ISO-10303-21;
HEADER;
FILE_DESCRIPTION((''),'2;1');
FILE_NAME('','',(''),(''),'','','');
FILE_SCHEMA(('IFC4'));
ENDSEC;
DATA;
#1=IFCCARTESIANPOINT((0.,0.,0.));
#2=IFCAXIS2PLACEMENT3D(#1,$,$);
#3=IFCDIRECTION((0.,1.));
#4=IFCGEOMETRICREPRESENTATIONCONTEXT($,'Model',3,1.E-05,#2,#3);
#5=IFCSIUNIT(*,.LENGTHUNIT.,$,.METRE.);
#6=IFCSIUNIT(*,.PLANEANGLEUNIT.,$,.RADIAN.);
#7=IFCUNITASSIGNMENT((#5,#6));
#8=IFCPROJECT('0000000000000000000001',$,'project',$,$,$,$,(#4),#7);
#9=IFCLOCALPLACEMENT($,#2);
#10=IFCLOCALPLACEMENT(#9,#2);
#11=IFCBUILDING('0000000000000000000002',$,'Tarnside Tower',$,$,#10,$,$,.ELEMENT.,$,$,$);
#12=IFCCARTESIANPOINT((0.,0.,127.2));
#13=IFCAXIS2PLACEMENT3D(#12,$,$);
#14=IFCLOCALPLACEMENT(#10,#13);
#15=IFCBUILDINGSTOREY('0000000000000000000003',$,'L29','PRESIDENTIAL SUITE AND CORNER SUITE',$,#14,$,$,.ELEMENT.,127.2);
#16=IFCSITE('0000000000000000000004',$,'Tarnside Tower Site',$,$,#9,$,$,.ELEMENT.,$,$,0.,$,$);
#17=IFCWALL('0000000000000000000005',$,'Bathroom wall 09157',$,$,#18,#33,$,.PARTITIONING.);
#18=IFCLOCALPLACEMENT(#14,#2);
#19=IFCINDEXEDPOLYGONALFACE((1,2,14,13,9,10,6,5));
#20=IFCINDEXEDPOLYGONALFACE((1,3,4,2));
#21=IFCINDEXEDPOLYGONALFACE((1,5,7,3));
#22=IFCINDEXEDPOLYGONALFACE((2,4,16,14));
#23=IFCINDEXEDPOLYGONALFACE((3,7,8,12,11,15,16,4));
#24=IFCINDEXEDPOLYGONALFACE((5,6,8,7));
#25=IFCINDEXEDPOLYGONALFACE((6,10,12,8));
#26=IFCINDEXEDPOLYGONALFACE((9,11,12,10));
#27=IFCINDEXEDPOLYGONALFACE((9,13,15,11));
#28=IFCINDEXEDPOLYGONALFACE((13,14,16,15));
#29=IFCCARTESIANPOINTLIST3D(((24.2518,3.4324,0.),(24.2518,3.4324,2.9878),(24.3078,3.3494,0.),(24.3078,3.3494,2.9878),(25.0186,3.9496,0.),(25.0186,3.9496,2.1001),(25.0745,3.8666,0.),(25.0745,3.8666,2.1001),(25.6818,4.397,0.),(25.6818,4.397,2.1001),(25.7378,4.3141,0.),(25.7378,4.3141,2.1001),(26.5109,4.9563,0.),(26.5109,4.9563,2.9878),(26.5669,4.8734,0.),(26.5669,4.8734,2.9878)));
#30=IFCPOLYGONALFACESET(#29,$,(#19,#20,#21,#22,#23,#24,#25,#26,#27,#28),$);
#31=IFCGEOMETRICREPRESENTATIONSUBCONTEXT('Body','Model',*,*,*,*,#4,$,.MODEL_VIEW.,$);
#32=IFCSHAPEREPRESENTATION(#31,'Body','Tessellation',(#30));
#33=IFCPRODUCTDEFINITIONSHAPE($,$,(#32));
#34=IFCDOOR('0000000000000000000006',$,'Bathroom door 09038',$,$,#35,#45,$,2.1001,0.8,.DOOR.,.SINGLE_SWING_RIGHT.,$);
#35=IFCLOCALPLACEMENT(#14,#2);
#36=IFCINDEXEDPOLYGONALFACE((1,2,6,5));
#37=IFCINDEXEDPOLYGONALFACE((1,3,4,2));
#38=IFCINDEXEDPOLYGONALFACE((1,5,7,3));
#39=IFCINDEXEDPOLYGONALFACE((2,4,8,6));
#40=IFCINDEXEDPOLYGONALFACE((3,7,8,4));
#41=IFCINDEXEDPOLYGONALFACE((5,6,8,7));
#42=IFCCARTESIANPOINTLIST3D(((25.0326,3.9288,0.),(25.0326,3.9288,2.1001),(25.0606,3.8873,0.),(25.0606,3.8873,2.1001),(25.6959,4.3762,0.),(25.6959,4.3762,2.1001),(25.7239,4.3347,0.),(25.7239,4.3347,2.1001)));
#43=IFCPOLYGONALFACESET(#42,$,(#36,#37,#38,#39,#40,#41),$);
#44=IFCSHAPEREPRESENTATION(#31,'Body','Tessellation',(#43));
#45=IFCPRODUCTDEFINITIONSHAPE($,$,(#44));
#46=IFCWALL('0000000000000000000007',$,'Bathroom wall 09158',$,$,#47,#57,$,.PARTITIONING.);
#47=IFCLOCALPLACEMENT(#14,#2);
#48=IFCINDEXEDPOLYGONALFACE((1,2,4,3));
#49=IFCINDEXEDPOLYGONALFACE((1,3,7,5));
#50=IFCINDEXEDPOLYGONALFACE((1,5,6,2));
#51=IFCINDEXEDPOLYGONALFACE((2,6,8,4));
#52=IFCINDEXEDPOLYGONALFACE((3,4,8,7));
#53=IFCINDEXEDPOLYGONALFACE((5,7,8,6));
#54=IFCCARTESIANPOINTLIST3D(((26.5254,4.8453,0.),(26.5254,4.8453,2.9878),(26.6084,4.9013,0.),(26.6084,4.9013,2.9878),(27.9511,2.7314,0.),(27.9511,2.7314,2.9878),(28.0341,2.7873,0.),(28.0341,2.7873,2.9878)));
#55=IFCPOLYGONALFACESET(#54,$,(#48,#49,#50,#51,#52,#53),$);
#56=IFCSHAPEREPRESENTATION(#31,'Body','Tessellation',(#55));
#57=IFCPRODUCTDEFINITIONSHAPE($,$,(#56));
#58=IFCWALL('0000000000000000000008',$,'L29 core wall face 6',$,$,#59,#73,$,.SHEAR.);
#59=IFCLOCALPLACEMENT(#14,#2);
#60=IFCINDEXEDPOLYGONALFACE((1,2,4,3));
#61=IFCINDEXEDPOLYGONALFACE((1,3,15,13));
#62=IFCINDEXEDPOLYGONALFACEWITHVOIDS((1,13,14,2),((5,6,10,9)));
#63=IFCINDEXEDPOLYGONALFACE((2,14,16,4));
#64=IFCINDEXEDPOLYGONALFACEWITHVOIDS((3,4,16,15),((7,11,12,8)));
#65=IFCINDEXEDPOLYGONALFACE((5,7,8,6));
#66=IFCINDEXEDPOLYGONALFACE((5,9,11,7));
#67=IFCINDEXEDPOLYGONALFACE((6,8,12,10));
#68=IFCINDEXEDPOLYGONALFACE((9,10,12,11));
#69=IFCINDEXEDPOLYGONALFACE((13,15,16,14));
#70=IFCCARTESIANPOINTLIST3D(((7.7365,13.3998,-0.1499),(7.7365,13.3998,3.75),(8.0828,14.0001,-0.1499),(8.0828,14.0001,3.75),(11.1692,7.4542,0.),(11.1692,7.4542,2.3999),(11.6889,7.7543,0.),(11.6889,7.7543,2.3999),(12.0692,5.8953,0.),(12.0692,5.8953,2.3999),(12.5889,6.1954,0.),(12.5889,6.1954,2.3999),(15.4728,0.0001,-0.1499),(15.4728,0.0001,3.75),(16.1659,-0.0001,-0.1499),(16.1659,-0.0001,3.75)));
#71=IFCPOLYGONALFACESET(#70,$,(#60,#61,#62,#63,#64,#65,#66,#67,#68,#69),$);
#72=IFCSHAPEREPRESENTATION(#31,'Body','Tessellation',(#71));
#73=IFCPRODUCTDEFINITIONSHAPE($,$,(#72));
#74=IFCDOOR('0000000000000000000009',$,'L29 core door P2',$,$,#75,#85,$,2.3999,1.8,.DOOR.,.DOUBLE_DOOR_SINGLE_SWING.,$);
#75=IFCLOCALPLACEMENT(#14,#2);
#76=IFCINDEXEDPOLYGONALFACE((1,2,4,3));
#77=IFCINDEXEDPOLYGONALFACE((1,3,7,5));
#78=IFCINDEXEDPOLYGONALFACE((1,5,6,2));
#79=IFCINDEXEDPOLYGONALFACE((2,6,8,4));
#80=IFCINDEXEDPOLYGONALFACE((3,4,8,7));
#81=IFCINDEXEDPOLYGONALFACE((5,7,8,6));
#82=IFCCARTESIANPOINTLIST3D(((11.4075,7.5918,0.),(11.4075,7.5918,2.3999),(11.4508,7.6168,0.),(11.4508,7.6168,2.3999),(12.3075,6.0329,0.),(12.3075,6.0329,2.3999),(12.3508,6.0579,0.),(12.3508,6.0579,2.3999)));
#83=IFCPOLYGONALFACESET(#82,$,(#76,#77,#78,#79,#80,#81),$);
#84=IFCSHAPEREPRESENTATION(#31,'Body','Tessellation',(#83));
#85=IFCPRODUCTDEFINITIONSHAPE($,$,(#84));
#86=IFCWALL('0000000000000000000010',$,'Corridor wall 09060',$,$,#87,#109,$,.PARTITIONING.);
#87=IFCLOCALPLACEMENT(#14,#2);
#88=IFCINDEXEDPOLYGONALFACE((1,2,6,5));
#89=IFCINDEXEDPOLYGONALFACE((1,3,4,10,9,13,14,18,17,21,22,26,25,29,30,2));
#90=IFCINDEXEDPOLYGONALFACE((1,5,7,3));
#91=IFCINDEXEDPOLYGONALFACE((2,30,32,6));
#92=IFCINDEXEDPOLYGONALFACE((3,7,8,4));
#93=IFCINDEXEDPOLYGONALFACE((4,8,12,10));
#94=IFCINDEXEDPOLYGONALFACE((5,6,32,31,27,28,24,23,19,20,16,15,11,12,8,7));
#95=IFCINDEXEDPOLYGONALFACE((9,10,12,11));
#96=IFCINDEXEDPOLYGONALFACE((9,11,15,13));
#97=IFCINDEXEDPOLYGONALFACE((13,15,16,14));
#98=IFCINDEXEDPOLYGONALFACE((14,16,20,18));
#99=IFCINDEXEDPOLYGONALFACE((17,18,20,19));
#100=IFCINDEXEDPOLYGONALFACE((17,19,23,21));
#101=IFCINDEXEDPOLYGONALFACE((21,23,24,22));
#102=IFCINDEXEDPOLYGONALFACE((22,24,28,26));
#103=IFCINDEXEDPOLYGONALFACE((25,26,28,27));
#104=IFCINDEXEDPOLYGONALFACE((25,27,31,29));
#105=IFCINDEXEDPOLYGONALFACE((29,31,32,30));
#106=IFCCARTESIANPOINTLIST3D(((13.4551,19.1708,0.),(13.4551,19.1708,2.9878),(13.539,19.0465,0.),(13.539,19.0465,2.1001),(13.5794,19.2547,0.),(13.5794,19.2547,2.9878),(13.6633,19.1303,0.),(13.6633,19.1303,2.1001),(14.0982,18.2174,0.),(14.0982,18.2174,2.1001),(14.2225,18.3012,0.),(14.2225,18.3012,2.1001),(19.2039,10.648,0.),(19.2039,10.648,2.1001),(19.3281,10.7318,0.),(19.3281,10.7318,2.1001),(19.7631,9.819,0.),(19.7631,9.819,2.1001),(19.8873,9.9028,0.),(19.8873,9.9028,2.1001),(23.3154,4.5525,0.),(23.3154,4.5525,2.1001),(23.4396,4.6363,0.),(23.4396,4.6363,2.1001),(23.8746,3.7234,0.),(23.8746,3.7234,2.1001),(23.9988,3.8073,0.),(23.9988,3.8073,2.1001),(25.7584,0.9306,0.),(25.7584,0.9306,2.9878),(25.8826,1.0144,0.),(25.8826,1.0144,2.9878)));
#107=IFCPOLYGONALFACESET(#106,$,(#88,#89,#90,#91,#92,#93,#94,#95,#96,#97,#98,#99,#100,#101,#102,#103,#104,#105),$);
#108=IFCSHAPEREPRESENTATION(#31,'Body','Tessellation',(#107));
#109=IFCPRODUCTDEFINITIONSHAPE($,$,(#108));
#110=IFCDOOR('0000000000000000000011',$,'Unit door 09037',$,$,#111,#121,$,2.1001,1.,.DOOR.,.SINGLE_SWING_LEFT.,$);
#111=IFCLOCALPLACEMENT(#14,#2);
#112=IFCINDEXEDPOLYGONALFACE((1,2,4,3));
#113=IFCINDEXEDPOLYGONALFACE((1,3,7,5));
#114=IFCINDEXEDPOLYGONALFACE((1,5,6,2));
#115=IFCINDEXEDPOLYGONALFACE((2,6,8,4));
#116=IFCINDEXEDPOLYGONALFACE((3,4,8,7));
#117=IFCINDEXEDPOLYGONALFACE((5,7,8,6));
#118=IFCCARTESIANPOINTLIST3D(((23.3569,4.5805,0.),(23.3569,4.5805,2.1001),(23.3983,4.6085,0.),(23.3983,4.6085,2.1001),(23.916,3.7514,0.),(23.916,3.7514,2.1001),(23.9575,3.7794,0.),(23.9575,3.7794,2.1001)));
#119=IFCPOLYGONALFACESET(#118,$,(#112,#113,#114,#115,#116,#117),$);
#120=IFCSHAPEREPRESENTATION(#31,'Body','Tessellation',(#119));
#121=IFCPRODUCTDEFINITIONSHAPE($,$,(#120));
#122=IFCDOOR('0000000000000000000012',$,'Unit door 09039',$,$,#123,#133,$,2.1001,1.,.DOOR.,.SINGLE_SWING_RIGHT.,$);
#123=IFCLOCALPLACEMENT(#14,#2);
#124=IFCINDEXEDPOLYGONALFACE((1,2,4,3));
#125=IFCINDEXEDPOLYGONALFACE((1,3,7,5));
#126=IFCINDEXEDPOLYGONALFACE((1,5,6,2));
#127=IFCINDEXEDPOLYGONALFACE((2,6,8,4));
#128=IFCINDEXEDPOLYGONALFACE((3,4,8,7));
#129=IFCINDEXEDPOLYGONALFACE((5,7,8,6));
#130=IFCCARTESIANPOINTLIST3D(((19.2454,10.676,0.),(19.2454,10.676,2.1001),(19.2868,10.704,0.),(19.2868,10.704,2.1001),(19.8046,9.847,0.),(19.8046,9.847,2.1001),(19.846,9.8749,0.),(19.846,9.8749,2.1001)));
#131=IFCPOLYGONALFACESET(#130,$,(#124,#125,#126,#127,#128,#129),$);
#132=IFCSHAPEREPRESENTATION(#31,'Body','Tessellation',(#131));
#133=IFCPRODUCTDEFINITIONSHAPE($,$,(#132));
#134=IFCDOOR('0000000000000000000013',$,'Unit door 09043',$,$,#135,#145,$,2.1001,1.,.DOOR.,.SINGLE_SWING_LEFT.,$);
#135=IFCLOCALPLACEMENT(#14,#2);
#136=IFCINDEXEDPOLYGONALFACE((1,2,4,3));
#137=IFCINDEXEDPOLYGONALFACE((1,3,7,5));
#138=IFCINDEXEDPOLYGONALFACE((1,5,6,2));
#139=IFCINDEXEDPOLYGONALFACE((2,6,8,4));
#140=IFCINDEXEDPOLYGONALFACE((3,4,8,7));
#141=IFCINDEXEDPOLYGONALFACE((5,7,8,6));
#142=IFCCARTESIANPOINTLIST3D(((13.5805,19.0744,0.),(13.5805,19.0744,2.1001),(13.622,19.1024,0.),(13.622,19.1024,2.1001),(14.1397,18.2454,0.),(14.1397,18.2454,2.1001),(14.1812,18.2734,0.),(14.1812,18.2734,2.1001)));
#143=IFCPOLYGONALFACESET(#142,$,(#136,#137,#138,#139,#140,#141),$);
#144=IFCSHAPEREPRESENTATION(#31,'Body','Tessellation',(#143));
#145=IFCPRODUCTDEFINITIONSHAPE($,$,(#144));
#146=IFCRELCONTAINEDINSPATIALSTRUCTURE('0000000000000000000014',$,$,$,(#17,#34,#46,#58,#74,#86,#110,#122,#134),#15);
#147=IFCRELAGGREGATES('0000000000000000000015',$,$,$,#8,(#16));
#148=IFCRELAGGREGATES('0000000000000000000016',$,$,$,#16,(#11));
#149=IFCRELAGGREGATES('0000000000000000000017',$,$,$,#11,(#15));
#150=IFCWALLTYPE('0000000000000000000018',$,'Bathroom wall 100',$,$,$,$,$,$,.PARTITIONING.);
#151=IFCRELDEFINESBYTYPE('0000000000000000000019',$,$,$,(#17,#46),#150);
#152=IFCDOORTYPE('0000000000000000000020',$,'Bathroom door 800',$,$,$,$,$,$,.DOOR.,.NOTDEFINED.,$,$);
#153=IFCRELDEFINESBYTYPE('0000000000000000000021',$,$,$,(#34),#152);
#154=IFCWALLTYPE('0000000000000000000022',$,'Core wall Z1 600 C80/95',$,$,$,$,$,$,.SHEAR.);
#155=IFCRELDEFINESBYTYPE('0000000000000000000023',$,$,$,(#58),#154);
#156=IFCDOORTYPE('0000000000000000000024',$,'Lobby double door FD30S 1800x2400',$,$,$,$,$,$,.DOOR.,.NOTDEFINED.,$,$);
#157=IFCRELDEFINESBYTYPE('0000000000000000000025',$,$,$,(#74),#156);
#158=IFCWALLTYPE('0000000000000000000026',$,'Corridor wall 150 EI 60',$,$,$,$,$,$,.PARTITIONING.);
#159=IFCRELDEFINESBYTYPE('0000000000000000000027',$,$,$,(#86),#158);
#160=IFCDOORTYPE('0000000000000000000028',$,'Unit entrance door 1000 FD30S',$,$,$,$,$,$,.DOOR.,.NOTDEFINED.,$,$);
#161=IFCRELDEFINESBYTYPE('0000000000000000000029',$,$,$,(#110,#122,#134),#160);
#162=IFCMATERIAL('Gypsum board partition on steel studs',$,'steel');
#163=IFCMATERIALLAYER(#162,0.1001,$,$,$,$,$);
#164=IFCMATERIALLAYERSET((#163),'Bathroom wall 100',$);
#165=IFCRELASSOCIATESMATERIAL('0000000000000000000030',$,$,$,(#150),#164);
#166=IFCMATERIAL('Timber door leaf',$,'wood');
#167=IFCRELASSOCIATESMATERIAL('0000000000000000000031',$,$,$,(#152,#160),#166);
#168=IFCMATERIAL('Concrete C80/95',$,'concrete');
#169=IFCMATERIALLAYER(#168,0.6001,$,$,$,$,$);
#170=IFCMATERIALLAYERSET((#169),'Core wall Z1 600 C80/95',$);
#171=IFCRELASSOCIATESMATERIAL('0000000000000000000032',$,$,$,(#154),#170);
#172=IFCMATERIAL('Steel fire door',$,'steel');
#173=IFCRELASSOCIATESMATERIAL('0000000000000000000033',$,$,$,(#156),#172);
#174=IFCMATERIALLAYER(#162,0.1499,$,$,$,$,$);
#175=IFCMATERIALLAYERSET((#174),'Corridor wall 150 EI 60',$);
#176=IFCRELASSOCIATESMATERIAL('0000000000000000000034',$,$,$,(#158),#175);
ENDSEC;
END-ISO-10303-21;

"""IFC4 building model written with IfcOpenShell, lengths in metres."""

from ifc_helpers import new_model, si_unit, direction, frame, frame_2d, origin, place, context, subcontext, project, spatial, polyline, rectangle, outline, extrude, material, layer, layer_set, type_object, element, fill, save


model = new_model("IFC4")

# Units and contexts
model_context = context("Model", 3, precision=1e-05, world=origin(), true_north=direction((0.0, 1.0)))
body_context = subcontext(model_context, "Body", "Model", "MODEL_VIEW")
ifc_project = project(units=[si_unit("LENGTHUNIT", "METRE"), si_unit("PLANEANGLEUNIT", "RADIAN")], contexts=[model_context])

# Site, building, storey
site_placement = place(None, origin())
site = spatial("IfcSite", under=ifc_project, at=site_placement, Name="Tarnside Tower Site", CompositionType="ELEMENT", RefElevation=0.0)
building_placement = place(site_placement, origin())
building = spatial("IfcBuilding", under=site, at=building_placement, Name="Tarnside Tower", CompositionType="ELEMENT")
storey_placement = place(building_placement, frame((0.0, 0.0, 127.2)))
storey = spatial("IfcBuildingStorey", under=building, at=storey_placement, Name="L29", Description="PRESIDENTIAL SUITE AND CORNER SUITE", CompositionType="ELEMENT", Elevation=127.2)

# Wall, opening, door
ifc_material_1 = material(Name="Gypsum board partition on steel studs", Category="steel")
ifc_layer_1 = layer(ifc_material_1, 0.1001)
ifc_layer_set_1 = layer_set([ifc_layer_1], Name="Bathroom wall 100")
wall_type_1 = type_object("IfcWallType", Name="Bathroom wall 100", PredefinedType="PARTITIONING", material=ifc_layer_set_1)
wall_1_placement = place(storey_placement, frame((24.2798, 3.3909, 0.0), z_axis=(0.0, 0.0, 1.0), x_axis=(0.829005, 0.55924, 0.0)))
wall_1 = element("IfcWall", 1, at=wall_1_placement, inside=storey, type_object=wall_type_1, Name="Bathroom wall 09157", PredefinedType="PARTITIONING", context=body_context, shape_type="SweptSolid", body=[
    extrude(rectangle(XDim=2.7251, YDim=0.1001, at=frame_2d((1.3625, 0.0))), origin(), (0.0, 0.0, 1.0), 2.9878),
])
opening_1_placement = place(wall_1_placement, frame((0.925, 0.0, 0.0)))
opening_1 = element("IfcOpeningElement", 2, at=opening_1_placement, cuts=wall_1, PredefinedType="OPENING", context=body_context, shape_type="SweptSolid", body=[
    extrude(rectangle(XDim=0.8, YDim=2.1001, at=frame_2d((0.3999, 1.05))), frame((0.0, 0.0601, 0.0), z_axis=(0.0, -1.0, 0.0), x_axis=(1.0, 0.0, 0.0)), (0.0, 0.0, 1.0), 0.1201),
])
ifc_material_2 = material(Name="Timber door leaf", Category="wood")
door_type_1 = type_object("IfcDoorType", Name="Bathroom door 800", OperationType="NOTDEFINED", PredefinedType="DOOR", material=ifc_material_2)
door_1_placement = place(opening_1_placement, origin())
door_1 = element("IfcDoor", 3, at=door_1_placement, inside=storey, type_object=door_type_1, Name="Bathroom door 09038", OperationType="SINGLE_SWING_RIGHT", OverallHeight=2.1001, OverallWidth=0.8, PredefinedType="DOOR", context=body_context, shape_type="SweptSolid", body=[
    extrude(rectangle(XDim=0.8, YDim=2.1001, at=frame_2d((0.3999, 1.05))), frame((0.0, 0.0249, 0.0), z_axis=(0.0, -1.0, 0.0), x_axis=(1.0, 0.0, 0.0)), (0.0, 0.0, 1.0), 0.05),
])
fill(opening_1, door_1)

# Wall
wall_2_placement = place(storey_placement, frame((26.5669, 4.8733, 0.0), z_axis=(0.0, 0.0, 1.0), x_axis=(0.559155, -0.829063, 0.0)))
element("IfcWall", 4, at=wall_2_placement, inside=storey, type_object=wall_type_1, Name="Bathroom wall 09158", PredefinedType="PARTITIONING", context=body_context, shape_type="SweptSolid", body=[
    extrude(rectangle(XDim=2.5498, YDim=0.1001, at=frame_2d((1.2749, 0.0))), origin(), (0.0, 0.0, 1.0), 2.9878),
])

# Wall, opening, door
ifc_material_3 = material(Name="Concrete C80/95", Category="concrete")
ifc_layer_2 = layer(ifc_material_3, 0.6001)
ifc_layer_set_2 = layer_set([ifc_layer_2], Name="Core wall Z1 600 C80/95")
wall_type_2 = type_object("IfcWallType", Name="Core wall Z1 600 C80/95", PredefinedType="SHEAR", material=ifc_layer_set_2)
wall_3_placement = place(storey_placement, frame((15.8193, 0.0, -0.1499), z_axis=(0.0, 0.0, 1.0), x_axis=(-0.5, 0.866025, 0.0)))
wall_3 = element("IfcWall", 5, at=wall_3_placement, inside=storey, type_object=wall_type_2, Name="L29 core wall face 6", PredefinedType="SHEAR", context=body_context, shape_type="SweptSolid", body=[
    extrude(outline(polyline([(-0.1733, -0.3), (15.9927, -0.3), (15.646, 0.3), (0.1733, 0.3), (-0.1733, -0.3)])), origin(), (0.0, 0.0, 1.0), 3.8999),
])
opening_2_placement = place(wall_3_placement, frame((6.9807, 0.0, 0.1499)))
opening_2 = element("IfcOpeningElement", 6, at=opening_2_placement, cuts=wall_3, PredefinedType="OPENING", context=body_context, shape_type="SweptSolid", body=[
    extrude(rectangle(XDim=1.8, YDim=2.3999, at=frame_2d((0.8999, 1.2))), frame((0.0, 0.3101, 0.0), z_axis=(0.0, -1.0, 0.0), x_axis=(1.0, 0.0, 0.0)), (0.0, 0.0, 1.0), 0.6201),
])
ifc_material_4 = material(Name="Steel fire door", Category="steel")
door_type_2 = type_object("IfcDoorType", Name="Lobby double door FD30S 1800x2400", OperationType="NOTDEFINED", PredefinedType="DOOR", material=ifc_material_4)
door_2_placement = place(opening_2_placement, origin())
door_2 = element("IfcDoor", 7, at=door_2_placement, inside=storey, type_object=door_type_2, Name="L29 core door P2", OperationType="DOUBLE_DOOR_SINGLE_SWING", OverallHeight=2.3999, OverallWidth=1.8, PredefinedType="DOOR", context=body_context, shape_type="SweptSolid", body=[
    extrude(rectangle(XDim=1.8, YDim=2.3999, at=frame_2d((0.8999, 1.2))), frame((0.0, 0.0249, 0.0), z_axis=(0.0, -1.0, 0.0), x_axis=(1.0, 0.0, 0.0)), (0.0, 0.0, 1.0), 0.05),
])
fill(opening_2, door_2)

# Wall, openings, doors
ifc_layer_3 = layer(ifc_material_1, 0.1499)
ifc_layer_set_3 = layer_set([ifc_layer_3], Name="Corridor wall 150 EI 60")
wall_type_3 = type_object("IfcWallType", Name="Corridor wall 150 EI 60", PredefinedType="PARTITIONING", material=ifc_layer_set_3)
wall_4_placement = place(storey_placement, frame((25.8206, 0.9724, 0.0), z_axis=(0.0, 0.0, 1.0), x_axis=(-0.559194, 0.829037, 0.0)))
wall_4 = element("IfcWall", 8, at=wall_4_placement, inside=storey, type_object=wall_type_3, Name="Corridor wall 09060", PredefinedType="PARTITIONING", context=body_context, shape_type="SweptSolid", body=[
    extrude(rectangle(XDim=22.0017, YDim=0.1499, at=frame_2d((11.001, 0.0))), origin(), (0.0, 0.0, 1.0), 2.9878),
])
opening_3_placement = place(wall_4_placement, frame((3.3689, 0.0, 0.0)))
opening_3 = element("IfcOpeningElement", 9, at=opening_3_placement, cuts=wall_4, PredefinedType="OPENING", context=body_context, shape_type="SweptSolid", body=[
    extrude(rectangle(XDim=1.0, YDim=2.1001, at=frame_2d((0.5, 1.05))), frame((0.0, 0.085, 0.0), z_axis=(0.0, -1.0, 0.0), x_axis=(1.0, 0.0, 0.0)), (0.0, 0.0, 1.0), 0.1699),
])
opening_4_placement = place(wall_4_placement, frame((10.7214, 0.0, 0.0)))
opening_4 = element("IfcOpeningElement", 10, at=opening_4_placement, cuts=wall_4, PredefinedType="OPENING", context=body_context, shape_type="SweptSolid", body=[
    extrude(rectangle(XDim=1.0, YDim=2.1001, at=frame_2d((0.5, 1.05))), frame((0.0, 0.085, 0.0), z_axis=(0.0, -1.0, 0.0), x_axis=(1.0, 0.0, 0.0)), (0.0, 0.0, 1.0), 0.1699),
])
opening_5_placement = place(wall_4_placement, frame((20.8518, 0.0, 0.0)))
opening_5 = element("IfcOpeningElement", 11, at=opening_5_placement, cuts=wall_4, PredefinedType="OPENING", context=body_context, shape_type="SweptSolid", body=[
    extrude(rectangle(XDim=1.0, YDim=2.1001, at=frame_2d((0.5, 1.05))), frame((0.0, 0.085, 0.0), z_axis=(0.0, -1.0, 0.0), x_axis=(1.0, 0.0, 0.0)), (0.0, 0.0, 1.0), 0.1699),
])
door_type_3 = type_object("IfcDoorType", Name="Unit entrance door 1000 FD30S", OperationType="NOTDEFINED", PredefinedType="DOOR", material=ifc_material_2)
door_3_placement = place(opening_3_placement, origin())
door_3 = element("IfcDoor", 12, at=door_3_placement, inside=storey, type_object=door_type_3, Name="Unit door 09037", OperationType="SINGLE_SWING_LEFT", OverallHeight=2.1001, OverallWidth=1.0, PredefinedType="DOOR", context=body_context, shape_type="SweptSolid", body=[
    extrude(rectangle(XDim=1.0, YDim=2.1001, at=frame_2d((0.5, 1.05))), frame((0.0, 0.0249, 0.0), z_axis=(0.0, -1.0, 0.0), x_axis=(1.0, 0.0, 0.0)), (0.0, 0.0, 1.0), 0.05),
])
fill(opening_3, door_3)
door_4_placement = place(opening_4_placement, origin())
door_4 = element("IfcDoor", 13, at=door_4_placement, inside=storey, type_object=door_type_3, Name="Unit door 09039", OperationType="SINGLE_SWING_RIGHT", OverallHeight=2.1001, OverallWidth=1.0, PredefinedType="DOOR", context=body_context, shape_type="SweptSolid", body=[
    extrude(rectangle(XDim=1.0, YDim=2.1001, at=frame_2d((0.5, 1.05))), frame((0.0, 0.0249, 0.0), z_axis=(0.0, -1.0, 0.0), x_axis=(1.0, 0.0, 0.0)), (0.0, 0.0, 1.0), 0.05),
])
fill(opening_4, door_4)
door_5_placement = place(opening_5_placement, origin())
door_5 = element("IfcDoor", 14, at=door_5_placement, inside=storey, type_object=door_type_3, Name="Unit door 09043", OperationType="SINGLE_SWING_LEFT", OverallHeight=2.1001, OverallWidth=1.0, PredefinedType="DOOR", context=body_context, shape_type="SweptSolid", body=[
    extrude(rectangle(XDim=1.0, YDim=2.1001, at=frame_2d((0.5, 1.05))), frame((0.0, 0.0249, 0.0), z_axis=(0.0, -1.0, 0.0), x_axis=(1.0, 0.0, 0.0)), (0.0, 0.0, 1.0), 0.05),
])
fill(opening_5, door_5)

save(model, "model.ifc")
